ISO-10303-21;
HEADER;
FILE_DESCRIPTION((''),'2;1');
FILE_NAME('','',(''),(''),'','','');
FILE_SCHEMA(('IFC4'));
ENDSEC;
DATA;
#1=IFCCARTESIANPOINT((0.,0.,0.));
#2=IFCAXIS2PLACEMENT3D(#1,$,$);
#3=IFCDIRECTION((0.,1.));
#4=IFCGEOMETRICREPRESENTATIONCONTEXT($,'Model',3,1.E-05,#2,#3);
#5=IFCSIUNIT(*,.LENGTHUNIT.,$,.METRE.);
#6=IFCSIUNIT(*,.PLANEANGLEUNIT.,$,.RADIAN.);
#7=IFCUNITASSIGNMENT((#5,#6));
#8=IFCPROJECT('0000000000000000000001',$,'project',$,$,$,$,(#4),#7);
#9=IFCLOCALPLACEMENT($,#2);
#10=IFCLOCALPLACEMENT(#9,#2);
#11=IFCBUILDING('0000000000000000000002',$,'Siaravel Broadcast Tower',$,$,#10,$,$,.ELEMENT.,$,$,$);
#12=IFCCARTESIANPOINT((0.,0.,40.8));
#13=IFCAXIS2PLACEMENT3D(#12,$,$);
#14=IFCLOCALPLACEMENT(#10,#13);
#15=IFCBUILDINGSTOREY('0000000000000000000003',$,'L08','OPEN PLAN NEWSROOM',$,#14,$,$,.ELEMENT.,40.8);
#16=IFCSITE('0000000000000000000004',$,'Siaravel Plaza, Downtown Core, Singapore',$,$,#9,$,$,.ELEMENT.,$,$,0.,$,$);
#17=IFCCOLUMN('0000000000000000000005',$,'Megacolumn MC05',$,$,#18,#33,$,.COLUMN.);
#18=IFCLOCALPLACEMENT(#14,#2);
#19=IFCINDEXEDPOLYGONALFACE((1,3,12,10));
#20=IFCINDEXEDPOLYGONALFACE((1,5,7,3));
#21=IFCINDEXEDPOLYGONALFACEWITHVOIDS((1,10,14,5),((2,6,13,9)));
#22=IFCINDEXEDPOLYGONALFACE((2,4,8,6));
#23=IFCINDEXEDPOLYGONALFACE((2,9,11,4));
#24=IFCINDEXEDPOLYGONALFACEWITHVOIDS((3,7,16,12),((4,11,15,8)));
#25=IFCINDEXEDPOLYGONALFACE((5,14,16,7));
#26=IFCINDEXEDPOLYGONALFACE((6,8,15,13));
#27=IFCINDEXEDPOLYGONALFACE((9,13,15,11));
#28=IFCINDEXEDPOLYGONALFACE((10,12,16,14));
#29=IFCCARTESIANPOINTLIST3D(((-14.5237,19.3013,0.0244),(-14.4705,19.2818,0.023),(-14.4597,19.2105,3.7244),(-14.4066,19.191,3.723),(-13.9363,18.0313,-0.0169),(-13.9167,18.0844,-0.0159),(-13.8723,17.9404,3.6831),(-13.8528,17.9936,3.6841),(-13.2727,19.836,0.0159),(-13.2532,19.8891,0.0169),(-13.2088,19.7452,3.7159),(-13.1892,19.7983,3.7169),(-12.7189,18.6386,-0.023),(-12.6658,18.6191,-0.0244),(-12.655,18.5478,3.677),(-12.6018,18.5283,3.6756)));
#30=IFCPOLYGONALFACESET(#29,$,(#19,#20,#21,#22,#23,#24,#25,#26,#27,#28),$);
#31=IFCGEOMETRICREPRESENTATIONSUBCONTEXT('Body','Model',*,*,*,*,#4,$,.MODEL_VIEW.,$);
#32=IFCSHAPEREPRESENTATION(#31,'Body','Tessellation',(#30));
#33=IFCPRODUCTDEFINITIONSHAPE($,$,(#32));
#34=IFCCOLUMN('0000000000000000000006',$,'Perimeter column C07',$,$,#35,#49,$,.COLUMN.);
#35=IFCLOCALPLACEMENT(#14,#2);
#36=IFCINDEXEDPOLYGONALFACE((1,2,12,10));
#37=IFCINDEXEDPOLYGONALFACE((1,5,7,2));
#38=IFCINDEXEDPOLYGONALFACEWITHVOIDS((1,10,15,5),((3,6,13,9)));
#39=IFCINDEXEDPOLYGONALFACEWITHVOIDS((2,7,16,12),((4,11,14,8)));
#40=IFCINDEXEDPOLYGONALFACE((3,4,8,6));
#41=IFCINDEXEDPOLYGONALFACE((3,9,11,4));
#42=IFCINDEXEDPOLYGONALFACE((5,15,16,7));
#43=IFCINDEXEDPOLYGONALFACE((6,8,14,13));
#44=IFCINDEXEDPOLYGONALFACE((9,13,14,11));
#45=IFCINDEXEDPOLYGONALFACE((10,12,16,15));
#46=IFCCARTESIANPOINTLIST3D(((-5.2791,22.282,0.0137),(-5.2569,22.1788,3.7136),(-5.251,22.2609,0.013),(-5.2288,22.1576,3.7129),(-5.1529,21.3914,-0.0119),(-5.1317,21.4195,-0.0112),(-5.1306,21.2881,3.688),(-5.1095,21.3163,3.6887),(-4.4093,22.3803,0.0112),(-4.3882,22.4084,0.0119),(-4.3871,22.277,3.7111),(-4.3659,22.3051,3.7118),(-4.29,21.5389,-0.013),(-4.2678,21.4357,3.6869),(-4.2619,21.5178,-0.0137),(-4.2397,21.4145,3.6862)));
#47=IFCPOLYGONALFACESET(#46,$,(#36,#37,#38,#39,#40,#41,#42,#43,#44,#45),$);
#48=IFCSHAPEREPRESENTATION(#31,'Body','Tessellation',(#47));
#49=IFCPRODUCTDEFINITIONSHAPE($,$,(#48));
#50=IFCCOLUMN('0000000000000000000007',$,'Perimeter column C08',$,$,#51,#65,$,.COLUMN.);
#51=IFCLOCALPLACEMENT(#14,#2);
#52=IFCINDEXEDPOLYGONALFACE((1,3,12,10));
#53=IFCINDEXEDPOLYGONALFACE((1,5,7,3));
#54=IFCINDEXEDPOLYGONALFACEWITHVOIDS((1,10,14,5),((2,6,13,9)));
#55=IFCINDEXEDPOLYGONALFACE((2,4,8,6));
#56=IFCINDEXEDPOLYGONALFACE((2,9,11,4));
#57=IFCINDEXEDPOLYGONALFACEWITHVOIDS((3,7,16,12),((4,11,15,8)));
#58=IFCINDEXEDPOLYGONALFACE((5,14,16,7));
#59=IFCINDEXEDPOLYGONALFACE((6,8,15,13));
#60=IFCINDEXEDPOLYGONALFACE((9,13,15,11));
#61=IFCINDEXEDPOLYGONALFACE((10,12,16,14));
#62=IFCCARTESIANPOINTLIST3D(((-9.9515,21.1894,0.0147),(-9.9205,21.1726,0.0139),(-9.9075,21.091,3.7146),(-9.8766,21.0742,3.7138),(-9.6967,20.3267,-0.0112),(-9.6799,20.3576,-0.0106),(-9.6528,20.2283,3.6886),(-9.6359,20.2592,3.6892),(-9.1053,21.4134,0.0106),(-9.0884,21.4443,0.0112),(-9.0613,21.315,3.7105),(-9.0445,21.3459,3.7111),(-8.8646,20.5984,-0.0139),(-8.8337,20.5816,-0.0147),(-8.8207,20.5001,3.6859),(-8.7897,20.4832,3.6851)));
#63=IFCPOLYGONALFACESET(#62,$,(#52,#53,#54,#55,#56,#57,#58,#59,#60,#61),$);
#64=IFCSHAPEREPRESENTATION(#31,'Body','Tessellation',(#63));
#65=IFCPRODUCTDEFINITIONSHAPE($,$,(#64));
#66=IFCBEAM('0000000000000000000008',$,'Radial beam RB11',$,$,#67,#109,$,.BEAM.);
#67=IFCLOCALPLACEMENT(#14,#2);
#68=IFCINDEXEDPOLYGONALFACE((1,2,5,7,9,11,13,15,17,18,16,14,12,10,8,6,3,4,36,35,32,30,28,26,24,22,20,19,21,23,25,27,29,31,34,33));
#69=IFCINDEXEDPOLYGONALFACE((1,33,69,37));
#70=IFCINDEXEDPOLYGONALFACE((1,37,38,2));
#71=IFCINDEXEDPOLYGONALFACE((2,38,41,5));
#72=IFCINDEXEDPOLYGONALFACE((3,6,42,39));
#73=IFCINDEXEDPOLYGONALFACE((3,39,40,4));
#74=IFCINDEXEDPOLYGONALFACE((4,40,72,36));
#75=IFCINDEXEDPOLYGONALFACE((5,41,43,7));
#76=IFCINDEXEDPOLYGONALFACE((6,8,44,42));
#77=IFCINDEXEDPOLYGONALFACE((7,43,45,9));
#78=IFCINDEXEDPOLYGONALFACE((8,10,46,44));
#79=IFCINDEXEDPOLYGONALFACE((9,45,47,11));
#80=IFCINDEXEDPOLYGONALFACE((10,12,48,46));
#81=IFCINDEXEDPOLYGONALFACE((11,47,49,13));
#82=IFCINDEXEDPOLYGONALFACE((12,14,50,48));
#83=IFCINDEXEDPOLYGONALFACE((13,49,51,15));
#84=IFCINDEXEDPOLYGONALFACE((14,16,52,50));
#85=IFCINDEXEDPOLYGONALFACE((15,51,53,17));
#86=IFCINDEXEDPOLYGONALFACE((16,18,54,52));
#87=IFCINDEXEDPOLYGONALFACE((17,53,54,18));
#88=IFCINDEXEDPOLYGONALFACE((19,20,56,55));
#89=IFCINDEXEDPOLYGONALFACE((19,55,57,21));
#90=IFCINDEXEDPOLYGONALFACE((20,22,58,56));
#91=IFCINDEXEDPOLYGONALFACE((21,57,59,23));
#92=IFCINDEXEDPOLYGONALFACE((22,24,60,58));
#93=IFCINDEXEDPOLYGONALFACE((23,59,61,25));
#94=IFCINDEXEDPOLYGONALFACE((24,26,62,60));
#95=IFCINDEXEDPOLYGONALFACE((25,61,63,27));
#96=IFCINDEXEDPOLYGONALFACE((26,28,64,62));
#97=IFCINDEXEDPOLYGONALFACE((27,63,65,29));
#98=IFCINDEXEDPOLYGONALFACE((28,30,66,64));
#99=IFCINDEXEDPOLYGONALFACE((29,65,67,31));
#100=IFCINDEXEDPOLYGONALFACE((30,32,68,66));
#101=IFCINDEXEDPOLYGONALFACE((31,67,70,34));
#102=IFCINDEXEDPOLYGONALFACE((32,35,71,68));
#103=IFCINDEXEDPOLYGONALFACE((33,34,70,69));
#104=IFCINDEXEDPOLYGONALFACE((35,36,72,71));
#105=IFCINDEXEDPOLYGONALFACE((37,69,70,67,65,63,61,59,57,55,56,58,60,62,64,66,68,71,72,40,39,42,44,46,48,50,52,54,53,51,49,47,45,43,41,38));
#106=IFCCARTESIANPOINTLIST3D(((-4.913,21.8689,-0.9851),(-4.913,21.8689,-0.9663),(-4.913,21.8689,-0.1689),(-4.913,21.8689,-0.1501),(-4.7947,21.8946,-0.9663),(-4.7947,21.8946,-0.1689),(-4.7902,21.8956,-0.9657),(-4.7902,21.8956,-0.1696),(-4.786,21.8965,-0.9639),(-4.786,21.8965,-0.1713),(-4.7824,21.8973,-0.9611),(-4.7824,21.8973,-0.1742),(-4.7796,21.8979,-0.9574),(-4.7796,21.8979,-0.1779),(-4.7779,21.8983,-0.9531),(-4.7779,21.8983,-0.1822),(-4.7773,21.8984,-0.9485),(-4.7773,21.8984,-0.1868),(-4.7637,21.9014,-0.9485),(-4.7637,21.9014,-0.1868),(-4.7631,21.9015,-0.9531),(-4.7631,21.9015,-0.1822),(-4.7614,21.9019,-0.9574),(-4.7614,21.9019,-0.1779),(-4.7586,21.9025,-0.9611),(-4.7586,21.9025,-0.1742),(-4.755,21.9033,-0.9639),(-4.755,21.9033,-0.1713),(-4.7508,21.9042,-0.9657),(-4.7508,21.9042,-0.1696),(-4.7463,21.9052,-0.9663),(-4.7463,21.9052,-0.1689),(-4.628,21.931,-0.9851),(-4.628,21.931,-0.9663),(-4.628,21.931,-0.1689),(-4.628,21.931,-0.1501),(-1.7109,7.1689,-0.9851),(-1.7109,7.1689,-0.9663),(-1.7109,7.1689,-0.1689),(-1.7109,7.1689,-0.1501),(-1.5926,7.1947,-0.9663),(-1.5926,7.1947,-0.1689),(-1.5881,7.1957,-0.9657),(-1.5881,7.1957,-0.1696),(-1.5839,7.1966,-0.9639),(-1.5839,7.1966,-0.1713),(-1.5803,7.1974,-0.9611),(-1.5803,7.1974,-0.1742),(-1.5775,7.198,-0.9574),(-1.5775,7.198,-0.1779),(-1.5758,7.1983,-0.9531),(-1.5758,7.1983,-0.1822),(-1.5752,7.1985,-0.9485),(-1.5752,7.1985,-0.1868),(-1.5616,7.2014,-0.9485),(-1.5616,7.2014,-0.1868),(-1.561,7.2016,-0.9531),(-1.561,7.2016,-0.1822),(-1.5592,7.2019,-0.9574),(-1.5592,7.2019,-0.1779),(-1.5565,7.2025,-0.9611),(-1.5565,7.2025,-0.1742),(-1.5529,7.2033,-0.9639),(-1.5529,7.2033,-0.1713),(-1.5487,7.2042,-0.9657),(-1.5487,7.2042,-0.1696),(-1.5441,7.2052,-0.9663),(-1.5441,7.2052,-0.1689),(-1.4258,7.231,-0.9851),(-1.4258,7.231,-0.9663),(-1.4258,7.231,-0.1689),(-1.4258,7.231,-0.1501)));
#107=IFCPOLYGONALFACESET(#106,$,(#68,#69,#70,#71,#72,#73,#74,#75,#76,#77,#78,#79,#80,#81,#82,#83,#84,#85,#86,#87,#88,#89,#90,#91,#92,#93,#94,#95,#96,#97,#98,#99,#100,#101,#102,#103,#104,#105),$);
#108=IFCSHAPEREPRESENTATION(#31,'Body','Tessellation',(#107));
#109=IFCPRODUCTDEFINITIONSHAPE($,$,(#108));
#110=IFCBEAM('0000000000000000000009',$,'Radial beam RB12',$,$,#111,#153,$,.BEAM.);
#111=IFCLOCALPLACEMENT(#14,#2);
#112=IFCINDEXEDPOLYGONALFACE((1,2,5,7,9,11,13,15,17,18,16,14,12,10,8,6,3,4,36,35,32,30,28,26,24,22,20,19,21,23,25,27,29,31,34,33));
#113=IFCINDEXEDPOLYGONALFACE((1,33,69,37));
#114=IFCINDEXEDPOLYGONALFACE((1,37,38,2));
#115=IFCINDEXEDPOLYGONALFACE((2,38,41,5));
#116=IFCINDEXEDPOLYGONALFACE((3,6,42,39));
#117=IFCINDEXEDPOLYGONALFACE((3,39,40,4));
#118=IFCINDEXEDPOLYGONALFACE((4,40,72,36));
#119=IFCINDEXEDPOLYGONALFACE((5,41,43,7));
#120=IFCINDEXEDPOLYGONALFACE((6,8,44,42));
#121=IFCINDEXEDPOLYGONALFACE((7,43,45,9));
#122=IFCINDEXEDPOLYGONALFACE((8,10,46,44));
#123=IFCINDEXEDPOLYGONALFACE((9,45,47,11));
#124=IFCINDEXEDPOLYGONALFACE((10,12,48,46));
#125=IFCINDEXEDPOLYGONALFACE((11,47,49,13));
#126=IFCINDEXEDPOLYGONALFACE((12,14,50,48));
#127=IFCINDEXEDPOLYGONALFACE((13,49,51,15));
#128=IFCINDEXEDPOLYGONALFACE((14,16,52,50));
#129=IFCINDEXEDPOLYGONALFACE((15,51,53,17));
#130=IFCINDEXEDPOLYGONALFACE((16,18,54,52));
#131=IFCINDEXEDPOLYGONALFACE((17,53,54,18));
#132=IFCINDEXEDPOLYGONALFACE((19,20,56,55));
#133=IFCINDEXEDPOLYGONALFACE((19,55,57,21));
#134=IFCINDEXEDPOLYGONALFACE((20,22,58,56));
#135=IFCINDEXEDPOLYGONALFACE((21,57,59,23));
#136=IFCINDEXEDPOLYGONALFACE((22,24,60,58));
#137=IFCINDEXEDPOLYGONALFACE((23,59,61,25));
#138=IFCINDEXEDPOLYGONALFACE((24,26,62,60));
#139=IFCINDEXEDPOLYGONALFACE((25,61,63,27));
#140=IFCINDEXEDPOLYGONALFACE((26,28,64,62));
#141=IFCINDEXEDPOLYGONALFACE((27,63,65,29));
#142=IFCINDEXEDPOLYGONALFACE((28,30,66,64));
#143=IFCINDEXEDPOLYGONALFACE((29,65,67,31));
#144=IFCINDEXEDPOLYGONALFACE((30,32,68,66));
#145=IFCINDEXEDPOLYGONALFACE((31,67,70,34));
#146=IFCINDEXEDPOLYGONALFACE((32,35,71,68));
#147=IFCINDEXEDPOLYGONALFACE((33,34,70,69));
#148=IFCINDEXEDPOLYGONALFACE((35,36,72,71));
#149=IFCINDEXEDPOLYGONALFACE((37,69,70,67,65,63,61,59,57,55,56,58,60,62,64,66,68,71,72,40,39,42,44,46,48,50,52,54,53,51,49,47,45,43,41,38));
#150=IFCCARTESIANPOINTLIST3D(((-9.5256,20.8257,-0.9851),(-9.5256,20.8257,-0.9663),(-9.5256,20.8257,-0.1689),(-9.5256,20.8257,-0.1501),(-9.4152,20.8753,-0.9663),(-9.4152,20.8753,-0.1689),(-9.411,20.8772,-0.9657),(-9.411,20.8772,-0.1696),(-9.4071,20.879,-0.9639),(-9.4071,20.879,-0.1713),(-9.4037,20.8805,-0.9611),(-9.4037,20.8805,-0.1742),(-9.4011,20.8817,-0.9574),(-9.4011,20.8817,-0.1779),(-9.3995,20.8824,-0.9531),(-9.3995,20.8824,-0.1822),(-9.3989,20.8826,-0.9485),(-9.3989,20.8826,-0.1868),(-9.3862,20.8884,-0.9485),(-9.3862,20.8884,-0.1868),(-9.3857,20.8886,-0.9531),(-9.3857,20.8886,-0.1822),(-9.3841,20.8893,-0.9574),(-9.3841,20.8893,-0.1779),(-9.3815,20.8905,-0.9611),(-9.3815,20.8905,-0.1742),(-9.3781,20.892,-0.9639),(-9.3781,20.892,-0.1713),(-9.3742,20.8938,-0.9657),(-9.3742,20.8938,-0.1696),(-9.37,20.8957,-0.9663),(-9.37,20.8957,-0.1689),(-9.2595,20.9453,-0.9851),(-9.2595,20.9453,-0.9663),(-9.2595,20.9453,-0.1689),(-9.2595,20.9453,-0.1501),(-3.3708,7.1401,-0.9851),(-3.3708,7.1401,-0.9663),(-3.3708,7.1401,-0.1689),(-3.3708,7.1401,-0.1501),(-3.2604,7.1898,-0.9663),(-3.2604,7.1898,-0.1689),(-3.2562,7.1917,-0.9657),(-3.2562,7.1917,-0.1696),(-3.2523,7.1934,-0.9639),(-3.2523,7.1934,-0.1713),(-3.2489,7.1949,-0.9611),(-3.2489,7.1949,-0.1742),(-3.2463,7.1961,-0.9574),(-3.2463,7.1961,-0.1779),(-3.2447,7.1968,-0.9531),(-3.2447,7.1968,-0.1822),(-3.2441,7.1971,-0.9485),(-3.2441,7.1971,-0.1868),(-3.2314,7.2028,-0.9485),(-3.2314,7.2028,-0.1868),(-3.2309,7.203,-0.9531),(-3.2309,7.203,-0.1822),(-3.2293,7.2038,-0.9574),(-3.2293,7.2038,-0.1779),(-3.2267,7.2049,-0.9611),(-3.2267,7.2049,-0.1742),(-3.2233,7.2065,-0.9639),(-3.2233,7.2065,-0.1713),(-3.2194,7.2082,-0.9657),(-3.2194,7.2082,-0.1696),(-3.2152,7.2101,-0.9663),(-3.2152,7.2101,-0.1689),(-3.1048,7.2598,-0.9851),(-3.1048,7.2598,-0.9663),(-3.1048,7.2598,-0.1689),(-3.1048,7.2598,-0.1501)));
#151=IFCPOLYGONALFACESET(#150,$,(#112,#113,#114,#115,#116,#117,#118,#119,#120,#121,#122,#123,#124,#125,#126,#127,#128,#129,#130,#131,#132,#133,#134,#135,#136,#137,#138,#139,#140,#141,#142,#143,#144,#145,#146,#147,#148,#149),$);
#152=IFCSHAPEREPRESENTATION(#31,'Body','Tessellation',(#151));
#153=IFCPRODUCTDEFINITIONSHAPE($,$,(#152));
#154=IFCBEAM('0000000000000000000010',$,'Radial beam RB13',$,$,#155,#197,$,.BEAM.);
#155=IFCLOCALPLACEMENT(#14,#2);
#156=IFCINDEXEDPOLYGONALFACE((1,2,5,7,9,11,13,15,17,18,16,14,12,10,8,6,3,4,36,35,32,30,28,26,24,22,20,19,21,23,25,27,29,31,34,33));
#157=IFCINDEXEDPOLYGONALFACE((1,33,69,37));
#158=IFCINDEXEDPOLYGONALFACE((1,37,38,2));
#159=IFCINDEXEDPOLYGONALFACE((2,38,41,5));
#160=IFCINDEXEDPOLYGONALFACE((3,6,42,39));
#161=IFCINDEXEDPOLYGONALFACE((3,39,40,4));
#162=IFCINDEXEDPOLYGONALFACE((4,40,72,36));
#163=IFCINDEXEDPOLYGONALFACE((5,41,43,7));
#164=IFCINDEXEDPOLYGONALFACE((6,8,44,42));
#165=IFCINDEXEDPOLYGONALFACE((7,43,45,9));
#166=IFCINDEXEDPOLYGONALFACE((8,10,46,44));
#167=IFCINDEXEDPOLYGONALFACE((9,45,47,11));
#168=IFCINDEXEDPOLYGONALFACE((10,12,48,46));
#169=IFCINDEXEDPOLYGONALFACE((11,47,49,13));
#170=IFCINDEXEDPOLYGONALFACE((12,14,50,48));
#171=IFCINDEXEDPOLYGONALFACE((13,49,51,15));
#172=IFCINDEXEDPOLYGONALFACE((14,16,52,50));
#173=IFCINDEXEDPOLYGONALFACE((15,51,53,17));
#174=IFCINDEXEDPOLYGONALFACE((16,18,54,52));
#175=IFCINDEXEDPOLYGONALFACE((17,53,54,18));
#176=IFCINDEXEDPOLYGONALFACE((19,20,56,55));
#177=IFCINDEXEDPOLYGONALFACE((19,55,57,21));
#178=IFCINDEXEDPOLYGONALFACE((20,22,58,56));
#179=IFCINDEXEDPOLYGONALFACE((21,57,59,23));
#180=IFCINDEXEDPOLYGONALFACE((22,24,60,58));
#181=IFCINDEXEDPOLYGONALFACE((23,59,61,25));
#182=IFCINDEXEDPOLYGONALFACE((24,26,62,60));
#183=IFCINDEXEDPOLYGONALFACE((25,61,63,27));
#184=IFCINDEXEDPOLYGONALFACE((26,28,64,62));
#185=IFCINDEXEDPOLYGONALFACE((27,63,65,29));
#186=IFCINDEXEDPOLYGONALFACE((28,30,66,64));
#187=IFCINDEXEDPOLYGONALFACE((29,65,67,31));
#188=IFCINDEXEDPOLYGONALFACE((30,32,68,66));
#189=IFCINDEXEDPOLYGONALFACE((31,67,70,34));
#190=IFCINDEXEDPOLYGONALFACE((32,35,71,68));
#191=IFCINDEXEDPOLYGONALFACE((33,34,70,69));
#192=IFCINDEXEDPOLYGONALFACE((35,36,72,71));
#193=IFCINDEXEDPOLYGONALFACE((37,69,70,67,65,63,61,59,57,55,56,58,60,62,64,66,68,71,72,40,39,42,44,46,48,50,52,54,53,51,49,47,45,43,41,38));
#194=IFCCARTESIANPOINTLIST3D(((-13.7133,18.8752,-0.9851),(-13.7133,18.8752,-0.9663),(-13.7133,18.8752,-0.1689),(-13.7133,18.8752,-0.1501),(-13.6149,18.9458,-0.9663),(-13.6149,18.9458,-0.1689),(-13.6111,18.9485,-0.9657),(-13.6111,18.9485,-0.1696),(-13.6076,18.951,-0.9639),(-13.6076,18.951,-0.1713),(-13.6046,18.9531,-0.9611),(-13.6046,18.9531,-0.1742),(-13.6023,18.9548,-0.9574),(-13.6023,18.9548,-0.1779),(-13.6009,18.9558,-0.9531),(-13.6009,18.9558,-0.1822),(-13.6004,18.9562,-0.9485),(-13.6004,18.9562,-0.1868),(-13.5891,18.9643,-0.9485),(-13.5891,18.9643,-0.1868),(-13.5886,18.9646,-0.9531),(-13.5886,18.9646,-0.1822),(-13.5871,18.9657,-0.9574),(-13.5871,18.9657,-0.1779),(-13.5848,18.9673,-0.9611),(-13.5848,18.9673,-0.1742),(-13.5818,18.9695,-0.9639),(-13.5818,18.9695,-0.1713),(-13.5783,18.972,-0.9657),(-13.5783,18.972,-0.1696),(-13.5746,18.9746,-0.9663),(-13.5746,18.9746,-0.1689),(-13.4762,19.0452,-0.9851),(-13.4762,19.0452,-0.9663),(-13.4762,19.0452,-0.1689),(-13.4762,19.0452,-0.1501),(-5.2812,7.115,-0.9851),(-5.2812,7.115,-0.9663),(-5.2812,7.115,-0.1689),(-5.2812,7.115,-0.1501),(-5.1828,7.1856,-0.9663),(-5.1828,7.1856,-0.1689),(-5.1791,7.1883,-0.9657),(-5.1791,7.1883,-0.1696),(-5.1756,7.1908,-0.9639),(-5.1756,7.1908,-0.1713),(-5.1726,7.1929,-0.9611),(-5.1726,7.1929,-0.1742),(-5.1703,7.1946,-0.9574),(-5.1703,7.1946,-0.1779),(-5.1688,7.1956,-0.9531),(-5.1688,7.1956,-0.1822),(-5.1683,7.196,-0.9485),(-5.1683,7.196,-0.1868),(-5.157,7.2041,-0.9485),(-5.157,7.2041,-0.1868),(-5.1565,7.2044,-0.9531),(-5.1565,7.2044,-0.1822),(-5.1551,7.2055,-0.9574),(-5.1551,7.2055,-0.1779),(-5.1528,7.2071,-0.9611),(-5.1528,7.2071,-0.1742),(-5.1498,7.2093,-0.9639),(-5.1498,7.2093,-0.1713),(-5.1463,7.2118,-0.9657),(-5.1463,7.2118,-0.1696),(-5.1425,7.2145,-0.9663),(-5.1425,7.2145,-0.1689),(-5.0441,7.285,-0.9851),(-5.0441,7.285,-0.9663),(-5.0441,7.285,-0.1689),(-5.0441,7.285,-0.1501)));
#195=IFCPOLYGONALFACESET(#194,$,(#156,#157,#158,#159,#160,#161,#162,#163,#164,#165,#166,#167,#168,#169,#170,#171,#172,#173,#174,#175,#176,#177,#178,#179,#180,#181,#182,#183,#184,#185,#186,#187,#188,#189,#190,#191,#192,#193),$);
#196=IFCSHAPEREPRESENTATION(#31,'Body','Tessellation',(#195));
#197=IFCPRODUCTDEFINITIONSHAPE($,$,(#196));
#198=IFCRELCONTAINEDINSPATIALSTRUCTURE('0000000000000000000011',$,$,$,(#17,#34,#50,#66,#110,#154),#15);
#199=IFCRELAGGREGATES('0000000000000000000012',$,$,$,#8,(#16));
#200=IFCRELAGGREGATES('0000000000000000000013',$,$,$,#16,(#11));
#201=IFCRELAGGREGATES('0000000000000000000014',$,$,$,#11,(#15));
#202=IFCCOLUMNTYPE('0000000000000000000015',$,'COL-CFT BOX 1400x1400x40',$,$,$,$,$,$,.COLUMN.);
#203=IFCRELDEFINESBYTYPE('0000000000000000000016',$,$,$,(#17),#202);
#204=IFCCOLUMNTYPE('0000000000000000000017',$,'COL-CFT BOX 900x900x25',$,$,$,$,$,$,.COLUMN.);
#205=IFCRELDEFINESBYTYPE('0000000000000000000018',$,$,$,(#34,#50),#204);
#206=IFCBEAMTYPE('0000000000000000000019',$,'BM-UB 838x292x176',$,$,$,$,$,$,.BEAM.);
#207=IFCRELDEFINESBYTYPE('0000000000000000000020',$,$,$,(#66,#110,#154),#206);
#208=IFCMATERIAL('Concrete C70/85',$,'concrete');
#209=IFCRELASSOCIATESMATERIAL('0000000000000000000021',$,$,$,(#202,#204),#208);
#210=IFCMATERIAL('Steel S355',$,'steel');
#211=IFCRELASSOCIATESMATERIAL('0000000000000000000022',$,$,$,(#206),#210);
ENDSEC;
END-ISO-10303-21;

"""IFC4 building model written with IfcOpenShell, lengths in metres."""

from ifc_helpers import new_model, si_unit, direction, frame, origin, origin_2d, place, context, subcontext, project, spatial, hollow_rectangle, i_section, extrude, material, material_profile, profile_set, type_object, element, save


model = new_model("IFC4")

# Units and contexts
model_context = context("Model", 3, precision=1e-05, world=origin(), true_north=direction((0.0, 1.0)))
body_context = subcontext(model_context, "Body", "Model", "MODEL_VIEW")
ifc_project = project(units=[si_unit("LENGTHUNIT", "METRE"), si_unit("PLANEANGLEUNIT", "RADIAN")], contexts=[model_context])

# Site, building, storey
site_placement = place(None, origin())
site = spatial("IfcSite", under=ifc_project, at=site_placement, Name="Siaravel Plaza, Downtown Core, Singapore", CompositionType="ELEMENT", RefElevation=0.0)
building_placement = place(site_placement, origin())
building = spatial("IfcBuilding", under=site, at=building_placement, Name="Siaravel Broadcast Tower", CompositionType="ELEMENT")
storey_placement = place(building_placement, frame((0.0, 0.0, 40.8)))
storey = spatial("IfcBuildingStorey", under=building, at=storey_placement, Name="L08", Description="OPEN PLAN NEWSROOM", CompositionType="ELEMENT", Elevation=40.8)

# Columns
ifc_material_1 = material(Name="Concrete C70/85", Category="concrete")
ifc_material_profile_1 = material_profile(ifc_material_1, hollow_rectangle(XDim=1.3999, YDim=1.3999, WallThickness=0.04, at=origin_2d()))
ifc_profile_set_1 = profile_set([ifc_material_profile_1], Name="Concrete C70/85")
column_type_1 = type_object("IfcColumnType", Name="COL-CFT BOX 1400x1400x40", PredefinedType="COLUMN", material=ifc_profile_set_1)
column_placement = place(storey_placement, frame((-13.5947, 18.9602, 0.0), z_axis=(0.01728, -0.024535, 0.99955), x_axis=(0.90754, 0.419931, -0.005382)))
element("IfcColumn", 1, at=column_placement, inside=storey, type_object=column_type_1, Name="Megacolumn MC05", PredefinedType="COLUMN", context=body_context, shape_type="SweptSolid", body=[
    extrude(hollow_rectangle(XDim=1.3999, YDim=1.3999, WallThickness=0.04, at=origin_2d()), origin(), (0.0, 0.0, 1.0), 3.7017),
])
ifc_material_profile_2 = material_profile(ifc_material_1, hollow_rectangle(XDim=0.8999, YDim=0.8999, WallThickness=0.0249, at=origin_2d()))
ifc_profile_set_2 = profile_set([ifc_material_profile_2], Name="Concrete C70/85")
column_type_2 = type_object("IfcColumnType", Name="COL-CFT BOX 900x900x25", PredefinedType="COLUMN", material=ifc_profile_set_2)
for number, where, z_axis, x_axis, name in (
    (2, (-4.7705, 21.8999, 0.0), (0.006002, -0.0279, 0.999593), (0.990089, 0.140428, -0.002026), "Perimeter column C07"),
    (3, (-9.3926, 20.8855, 0.0), (0.011872, -0.026581, 0.999576), (0.95902, 0.283312, -0.003857), "Perimeter column C08"),
):
    element("IfcColumn", number, at=place(storey_placement, frame(where, z_axis=z_axis, x_axis=x_axis)), inside=storey, type_object=column_type_2, Name=name, PredefinedType="COLUMN", context=body_context, shape_type="SweptSolid", body=[
        extrude(hollow_rectangle(XDim=0.8999, YDim=0.8999, WallThickness=0.0249, at=origin_2d()), origin(), (0.0, 0.0, 1.0), 3.7014),
    ])

# Beams
ifc_material_2 = material(Name="Steel S355", Category="steel")
ifc_material_profile_3 = material_profile(ifc_material_2, i_section(OverallWidth=0.2917, OverallDepth=0.835, WebThickness=0.0139, FlangeThickness=0.0188, FilletRadius=0.0178, at=origin_2d()))
ifc_profile_set_3 = profile_set([ifc_material_profile_3], Name="Steel S355")
beam_type = type_object("IfcBeamType", Name="BM-UB 838x292x176", PredefinedType="BEAM", material=ifc_profile_set_3)
beam_1_placement = place(storey_placement, frame((-4.7705, 21.8999, -0.5676), z_axis=(0.212843, -0.977086, 0.0), x_axis=(0.977086, 0.212843, 0.0)))
element("IfcBeam", 4, at=beam_1_placement, inside=storey, type_object=beam_type, Name="Radial beam RB11", PredefinedType="BEAM", context=body_context, shape_type="SweptSolid", body=[
    extrude(i_section(OverallWidth=0.2917, OverallDepth=0.835, WebThickness=0.0139, FlangeThickness=0.0188, FilletRadius=0.0178, at=origin_2d()), origin(), (0.0, 0.0, 1.0), 15.0447),
])
beam_2_placement = place(storey_placement, frame((-9.3926, 20.8855, -0.5676), z_axis=(0.410159, -0.912014, 0.0), x_axis=(0.912014, 0.410159, 0.0)))
element("IfcBeam", 5, at=beam_2_placement, inside=storey, type_object=beam_type, Name="Radial beam RB12", PredefinedType="BEAM", context=body_context, shape_type="SweptSolid", body=[
    extrude(i_section(OverallWidth=0.2917, OverallDepth=0.835, WebThickness=0.0139, FlangeThickness=0.0188, FilletRadius=0.0178, at=origin_2d()), origin(), (0.0, 0.0, 1.0), 15.0059),
])
beam_3_placement = place(storey_placement, frame((-13.5947, 18.9602, -0.5676), z_axis=(0.582699, -0.812688, 0.0), x_axis=(0.812688, 0.582699, 0.0)))
element("IfcBeam", 6, at=beam_3_placement, inside=storey, type_object=beam_type, Name="Radial beam RB13", PredefinedType="BEAM", context=body_context, shape_type="SweptSolid", body=[
    extrude(i_section(OverallWidth=0.2917, OverallDepth=0.835, WebThickness=0.0139, FlangeThickness=0.0188, FilletRadius=0.0178, at=origin_2d()), origin(), (0.0, 0.0, 1.0), 14.4707),
])

save(model, "model.ifc")
